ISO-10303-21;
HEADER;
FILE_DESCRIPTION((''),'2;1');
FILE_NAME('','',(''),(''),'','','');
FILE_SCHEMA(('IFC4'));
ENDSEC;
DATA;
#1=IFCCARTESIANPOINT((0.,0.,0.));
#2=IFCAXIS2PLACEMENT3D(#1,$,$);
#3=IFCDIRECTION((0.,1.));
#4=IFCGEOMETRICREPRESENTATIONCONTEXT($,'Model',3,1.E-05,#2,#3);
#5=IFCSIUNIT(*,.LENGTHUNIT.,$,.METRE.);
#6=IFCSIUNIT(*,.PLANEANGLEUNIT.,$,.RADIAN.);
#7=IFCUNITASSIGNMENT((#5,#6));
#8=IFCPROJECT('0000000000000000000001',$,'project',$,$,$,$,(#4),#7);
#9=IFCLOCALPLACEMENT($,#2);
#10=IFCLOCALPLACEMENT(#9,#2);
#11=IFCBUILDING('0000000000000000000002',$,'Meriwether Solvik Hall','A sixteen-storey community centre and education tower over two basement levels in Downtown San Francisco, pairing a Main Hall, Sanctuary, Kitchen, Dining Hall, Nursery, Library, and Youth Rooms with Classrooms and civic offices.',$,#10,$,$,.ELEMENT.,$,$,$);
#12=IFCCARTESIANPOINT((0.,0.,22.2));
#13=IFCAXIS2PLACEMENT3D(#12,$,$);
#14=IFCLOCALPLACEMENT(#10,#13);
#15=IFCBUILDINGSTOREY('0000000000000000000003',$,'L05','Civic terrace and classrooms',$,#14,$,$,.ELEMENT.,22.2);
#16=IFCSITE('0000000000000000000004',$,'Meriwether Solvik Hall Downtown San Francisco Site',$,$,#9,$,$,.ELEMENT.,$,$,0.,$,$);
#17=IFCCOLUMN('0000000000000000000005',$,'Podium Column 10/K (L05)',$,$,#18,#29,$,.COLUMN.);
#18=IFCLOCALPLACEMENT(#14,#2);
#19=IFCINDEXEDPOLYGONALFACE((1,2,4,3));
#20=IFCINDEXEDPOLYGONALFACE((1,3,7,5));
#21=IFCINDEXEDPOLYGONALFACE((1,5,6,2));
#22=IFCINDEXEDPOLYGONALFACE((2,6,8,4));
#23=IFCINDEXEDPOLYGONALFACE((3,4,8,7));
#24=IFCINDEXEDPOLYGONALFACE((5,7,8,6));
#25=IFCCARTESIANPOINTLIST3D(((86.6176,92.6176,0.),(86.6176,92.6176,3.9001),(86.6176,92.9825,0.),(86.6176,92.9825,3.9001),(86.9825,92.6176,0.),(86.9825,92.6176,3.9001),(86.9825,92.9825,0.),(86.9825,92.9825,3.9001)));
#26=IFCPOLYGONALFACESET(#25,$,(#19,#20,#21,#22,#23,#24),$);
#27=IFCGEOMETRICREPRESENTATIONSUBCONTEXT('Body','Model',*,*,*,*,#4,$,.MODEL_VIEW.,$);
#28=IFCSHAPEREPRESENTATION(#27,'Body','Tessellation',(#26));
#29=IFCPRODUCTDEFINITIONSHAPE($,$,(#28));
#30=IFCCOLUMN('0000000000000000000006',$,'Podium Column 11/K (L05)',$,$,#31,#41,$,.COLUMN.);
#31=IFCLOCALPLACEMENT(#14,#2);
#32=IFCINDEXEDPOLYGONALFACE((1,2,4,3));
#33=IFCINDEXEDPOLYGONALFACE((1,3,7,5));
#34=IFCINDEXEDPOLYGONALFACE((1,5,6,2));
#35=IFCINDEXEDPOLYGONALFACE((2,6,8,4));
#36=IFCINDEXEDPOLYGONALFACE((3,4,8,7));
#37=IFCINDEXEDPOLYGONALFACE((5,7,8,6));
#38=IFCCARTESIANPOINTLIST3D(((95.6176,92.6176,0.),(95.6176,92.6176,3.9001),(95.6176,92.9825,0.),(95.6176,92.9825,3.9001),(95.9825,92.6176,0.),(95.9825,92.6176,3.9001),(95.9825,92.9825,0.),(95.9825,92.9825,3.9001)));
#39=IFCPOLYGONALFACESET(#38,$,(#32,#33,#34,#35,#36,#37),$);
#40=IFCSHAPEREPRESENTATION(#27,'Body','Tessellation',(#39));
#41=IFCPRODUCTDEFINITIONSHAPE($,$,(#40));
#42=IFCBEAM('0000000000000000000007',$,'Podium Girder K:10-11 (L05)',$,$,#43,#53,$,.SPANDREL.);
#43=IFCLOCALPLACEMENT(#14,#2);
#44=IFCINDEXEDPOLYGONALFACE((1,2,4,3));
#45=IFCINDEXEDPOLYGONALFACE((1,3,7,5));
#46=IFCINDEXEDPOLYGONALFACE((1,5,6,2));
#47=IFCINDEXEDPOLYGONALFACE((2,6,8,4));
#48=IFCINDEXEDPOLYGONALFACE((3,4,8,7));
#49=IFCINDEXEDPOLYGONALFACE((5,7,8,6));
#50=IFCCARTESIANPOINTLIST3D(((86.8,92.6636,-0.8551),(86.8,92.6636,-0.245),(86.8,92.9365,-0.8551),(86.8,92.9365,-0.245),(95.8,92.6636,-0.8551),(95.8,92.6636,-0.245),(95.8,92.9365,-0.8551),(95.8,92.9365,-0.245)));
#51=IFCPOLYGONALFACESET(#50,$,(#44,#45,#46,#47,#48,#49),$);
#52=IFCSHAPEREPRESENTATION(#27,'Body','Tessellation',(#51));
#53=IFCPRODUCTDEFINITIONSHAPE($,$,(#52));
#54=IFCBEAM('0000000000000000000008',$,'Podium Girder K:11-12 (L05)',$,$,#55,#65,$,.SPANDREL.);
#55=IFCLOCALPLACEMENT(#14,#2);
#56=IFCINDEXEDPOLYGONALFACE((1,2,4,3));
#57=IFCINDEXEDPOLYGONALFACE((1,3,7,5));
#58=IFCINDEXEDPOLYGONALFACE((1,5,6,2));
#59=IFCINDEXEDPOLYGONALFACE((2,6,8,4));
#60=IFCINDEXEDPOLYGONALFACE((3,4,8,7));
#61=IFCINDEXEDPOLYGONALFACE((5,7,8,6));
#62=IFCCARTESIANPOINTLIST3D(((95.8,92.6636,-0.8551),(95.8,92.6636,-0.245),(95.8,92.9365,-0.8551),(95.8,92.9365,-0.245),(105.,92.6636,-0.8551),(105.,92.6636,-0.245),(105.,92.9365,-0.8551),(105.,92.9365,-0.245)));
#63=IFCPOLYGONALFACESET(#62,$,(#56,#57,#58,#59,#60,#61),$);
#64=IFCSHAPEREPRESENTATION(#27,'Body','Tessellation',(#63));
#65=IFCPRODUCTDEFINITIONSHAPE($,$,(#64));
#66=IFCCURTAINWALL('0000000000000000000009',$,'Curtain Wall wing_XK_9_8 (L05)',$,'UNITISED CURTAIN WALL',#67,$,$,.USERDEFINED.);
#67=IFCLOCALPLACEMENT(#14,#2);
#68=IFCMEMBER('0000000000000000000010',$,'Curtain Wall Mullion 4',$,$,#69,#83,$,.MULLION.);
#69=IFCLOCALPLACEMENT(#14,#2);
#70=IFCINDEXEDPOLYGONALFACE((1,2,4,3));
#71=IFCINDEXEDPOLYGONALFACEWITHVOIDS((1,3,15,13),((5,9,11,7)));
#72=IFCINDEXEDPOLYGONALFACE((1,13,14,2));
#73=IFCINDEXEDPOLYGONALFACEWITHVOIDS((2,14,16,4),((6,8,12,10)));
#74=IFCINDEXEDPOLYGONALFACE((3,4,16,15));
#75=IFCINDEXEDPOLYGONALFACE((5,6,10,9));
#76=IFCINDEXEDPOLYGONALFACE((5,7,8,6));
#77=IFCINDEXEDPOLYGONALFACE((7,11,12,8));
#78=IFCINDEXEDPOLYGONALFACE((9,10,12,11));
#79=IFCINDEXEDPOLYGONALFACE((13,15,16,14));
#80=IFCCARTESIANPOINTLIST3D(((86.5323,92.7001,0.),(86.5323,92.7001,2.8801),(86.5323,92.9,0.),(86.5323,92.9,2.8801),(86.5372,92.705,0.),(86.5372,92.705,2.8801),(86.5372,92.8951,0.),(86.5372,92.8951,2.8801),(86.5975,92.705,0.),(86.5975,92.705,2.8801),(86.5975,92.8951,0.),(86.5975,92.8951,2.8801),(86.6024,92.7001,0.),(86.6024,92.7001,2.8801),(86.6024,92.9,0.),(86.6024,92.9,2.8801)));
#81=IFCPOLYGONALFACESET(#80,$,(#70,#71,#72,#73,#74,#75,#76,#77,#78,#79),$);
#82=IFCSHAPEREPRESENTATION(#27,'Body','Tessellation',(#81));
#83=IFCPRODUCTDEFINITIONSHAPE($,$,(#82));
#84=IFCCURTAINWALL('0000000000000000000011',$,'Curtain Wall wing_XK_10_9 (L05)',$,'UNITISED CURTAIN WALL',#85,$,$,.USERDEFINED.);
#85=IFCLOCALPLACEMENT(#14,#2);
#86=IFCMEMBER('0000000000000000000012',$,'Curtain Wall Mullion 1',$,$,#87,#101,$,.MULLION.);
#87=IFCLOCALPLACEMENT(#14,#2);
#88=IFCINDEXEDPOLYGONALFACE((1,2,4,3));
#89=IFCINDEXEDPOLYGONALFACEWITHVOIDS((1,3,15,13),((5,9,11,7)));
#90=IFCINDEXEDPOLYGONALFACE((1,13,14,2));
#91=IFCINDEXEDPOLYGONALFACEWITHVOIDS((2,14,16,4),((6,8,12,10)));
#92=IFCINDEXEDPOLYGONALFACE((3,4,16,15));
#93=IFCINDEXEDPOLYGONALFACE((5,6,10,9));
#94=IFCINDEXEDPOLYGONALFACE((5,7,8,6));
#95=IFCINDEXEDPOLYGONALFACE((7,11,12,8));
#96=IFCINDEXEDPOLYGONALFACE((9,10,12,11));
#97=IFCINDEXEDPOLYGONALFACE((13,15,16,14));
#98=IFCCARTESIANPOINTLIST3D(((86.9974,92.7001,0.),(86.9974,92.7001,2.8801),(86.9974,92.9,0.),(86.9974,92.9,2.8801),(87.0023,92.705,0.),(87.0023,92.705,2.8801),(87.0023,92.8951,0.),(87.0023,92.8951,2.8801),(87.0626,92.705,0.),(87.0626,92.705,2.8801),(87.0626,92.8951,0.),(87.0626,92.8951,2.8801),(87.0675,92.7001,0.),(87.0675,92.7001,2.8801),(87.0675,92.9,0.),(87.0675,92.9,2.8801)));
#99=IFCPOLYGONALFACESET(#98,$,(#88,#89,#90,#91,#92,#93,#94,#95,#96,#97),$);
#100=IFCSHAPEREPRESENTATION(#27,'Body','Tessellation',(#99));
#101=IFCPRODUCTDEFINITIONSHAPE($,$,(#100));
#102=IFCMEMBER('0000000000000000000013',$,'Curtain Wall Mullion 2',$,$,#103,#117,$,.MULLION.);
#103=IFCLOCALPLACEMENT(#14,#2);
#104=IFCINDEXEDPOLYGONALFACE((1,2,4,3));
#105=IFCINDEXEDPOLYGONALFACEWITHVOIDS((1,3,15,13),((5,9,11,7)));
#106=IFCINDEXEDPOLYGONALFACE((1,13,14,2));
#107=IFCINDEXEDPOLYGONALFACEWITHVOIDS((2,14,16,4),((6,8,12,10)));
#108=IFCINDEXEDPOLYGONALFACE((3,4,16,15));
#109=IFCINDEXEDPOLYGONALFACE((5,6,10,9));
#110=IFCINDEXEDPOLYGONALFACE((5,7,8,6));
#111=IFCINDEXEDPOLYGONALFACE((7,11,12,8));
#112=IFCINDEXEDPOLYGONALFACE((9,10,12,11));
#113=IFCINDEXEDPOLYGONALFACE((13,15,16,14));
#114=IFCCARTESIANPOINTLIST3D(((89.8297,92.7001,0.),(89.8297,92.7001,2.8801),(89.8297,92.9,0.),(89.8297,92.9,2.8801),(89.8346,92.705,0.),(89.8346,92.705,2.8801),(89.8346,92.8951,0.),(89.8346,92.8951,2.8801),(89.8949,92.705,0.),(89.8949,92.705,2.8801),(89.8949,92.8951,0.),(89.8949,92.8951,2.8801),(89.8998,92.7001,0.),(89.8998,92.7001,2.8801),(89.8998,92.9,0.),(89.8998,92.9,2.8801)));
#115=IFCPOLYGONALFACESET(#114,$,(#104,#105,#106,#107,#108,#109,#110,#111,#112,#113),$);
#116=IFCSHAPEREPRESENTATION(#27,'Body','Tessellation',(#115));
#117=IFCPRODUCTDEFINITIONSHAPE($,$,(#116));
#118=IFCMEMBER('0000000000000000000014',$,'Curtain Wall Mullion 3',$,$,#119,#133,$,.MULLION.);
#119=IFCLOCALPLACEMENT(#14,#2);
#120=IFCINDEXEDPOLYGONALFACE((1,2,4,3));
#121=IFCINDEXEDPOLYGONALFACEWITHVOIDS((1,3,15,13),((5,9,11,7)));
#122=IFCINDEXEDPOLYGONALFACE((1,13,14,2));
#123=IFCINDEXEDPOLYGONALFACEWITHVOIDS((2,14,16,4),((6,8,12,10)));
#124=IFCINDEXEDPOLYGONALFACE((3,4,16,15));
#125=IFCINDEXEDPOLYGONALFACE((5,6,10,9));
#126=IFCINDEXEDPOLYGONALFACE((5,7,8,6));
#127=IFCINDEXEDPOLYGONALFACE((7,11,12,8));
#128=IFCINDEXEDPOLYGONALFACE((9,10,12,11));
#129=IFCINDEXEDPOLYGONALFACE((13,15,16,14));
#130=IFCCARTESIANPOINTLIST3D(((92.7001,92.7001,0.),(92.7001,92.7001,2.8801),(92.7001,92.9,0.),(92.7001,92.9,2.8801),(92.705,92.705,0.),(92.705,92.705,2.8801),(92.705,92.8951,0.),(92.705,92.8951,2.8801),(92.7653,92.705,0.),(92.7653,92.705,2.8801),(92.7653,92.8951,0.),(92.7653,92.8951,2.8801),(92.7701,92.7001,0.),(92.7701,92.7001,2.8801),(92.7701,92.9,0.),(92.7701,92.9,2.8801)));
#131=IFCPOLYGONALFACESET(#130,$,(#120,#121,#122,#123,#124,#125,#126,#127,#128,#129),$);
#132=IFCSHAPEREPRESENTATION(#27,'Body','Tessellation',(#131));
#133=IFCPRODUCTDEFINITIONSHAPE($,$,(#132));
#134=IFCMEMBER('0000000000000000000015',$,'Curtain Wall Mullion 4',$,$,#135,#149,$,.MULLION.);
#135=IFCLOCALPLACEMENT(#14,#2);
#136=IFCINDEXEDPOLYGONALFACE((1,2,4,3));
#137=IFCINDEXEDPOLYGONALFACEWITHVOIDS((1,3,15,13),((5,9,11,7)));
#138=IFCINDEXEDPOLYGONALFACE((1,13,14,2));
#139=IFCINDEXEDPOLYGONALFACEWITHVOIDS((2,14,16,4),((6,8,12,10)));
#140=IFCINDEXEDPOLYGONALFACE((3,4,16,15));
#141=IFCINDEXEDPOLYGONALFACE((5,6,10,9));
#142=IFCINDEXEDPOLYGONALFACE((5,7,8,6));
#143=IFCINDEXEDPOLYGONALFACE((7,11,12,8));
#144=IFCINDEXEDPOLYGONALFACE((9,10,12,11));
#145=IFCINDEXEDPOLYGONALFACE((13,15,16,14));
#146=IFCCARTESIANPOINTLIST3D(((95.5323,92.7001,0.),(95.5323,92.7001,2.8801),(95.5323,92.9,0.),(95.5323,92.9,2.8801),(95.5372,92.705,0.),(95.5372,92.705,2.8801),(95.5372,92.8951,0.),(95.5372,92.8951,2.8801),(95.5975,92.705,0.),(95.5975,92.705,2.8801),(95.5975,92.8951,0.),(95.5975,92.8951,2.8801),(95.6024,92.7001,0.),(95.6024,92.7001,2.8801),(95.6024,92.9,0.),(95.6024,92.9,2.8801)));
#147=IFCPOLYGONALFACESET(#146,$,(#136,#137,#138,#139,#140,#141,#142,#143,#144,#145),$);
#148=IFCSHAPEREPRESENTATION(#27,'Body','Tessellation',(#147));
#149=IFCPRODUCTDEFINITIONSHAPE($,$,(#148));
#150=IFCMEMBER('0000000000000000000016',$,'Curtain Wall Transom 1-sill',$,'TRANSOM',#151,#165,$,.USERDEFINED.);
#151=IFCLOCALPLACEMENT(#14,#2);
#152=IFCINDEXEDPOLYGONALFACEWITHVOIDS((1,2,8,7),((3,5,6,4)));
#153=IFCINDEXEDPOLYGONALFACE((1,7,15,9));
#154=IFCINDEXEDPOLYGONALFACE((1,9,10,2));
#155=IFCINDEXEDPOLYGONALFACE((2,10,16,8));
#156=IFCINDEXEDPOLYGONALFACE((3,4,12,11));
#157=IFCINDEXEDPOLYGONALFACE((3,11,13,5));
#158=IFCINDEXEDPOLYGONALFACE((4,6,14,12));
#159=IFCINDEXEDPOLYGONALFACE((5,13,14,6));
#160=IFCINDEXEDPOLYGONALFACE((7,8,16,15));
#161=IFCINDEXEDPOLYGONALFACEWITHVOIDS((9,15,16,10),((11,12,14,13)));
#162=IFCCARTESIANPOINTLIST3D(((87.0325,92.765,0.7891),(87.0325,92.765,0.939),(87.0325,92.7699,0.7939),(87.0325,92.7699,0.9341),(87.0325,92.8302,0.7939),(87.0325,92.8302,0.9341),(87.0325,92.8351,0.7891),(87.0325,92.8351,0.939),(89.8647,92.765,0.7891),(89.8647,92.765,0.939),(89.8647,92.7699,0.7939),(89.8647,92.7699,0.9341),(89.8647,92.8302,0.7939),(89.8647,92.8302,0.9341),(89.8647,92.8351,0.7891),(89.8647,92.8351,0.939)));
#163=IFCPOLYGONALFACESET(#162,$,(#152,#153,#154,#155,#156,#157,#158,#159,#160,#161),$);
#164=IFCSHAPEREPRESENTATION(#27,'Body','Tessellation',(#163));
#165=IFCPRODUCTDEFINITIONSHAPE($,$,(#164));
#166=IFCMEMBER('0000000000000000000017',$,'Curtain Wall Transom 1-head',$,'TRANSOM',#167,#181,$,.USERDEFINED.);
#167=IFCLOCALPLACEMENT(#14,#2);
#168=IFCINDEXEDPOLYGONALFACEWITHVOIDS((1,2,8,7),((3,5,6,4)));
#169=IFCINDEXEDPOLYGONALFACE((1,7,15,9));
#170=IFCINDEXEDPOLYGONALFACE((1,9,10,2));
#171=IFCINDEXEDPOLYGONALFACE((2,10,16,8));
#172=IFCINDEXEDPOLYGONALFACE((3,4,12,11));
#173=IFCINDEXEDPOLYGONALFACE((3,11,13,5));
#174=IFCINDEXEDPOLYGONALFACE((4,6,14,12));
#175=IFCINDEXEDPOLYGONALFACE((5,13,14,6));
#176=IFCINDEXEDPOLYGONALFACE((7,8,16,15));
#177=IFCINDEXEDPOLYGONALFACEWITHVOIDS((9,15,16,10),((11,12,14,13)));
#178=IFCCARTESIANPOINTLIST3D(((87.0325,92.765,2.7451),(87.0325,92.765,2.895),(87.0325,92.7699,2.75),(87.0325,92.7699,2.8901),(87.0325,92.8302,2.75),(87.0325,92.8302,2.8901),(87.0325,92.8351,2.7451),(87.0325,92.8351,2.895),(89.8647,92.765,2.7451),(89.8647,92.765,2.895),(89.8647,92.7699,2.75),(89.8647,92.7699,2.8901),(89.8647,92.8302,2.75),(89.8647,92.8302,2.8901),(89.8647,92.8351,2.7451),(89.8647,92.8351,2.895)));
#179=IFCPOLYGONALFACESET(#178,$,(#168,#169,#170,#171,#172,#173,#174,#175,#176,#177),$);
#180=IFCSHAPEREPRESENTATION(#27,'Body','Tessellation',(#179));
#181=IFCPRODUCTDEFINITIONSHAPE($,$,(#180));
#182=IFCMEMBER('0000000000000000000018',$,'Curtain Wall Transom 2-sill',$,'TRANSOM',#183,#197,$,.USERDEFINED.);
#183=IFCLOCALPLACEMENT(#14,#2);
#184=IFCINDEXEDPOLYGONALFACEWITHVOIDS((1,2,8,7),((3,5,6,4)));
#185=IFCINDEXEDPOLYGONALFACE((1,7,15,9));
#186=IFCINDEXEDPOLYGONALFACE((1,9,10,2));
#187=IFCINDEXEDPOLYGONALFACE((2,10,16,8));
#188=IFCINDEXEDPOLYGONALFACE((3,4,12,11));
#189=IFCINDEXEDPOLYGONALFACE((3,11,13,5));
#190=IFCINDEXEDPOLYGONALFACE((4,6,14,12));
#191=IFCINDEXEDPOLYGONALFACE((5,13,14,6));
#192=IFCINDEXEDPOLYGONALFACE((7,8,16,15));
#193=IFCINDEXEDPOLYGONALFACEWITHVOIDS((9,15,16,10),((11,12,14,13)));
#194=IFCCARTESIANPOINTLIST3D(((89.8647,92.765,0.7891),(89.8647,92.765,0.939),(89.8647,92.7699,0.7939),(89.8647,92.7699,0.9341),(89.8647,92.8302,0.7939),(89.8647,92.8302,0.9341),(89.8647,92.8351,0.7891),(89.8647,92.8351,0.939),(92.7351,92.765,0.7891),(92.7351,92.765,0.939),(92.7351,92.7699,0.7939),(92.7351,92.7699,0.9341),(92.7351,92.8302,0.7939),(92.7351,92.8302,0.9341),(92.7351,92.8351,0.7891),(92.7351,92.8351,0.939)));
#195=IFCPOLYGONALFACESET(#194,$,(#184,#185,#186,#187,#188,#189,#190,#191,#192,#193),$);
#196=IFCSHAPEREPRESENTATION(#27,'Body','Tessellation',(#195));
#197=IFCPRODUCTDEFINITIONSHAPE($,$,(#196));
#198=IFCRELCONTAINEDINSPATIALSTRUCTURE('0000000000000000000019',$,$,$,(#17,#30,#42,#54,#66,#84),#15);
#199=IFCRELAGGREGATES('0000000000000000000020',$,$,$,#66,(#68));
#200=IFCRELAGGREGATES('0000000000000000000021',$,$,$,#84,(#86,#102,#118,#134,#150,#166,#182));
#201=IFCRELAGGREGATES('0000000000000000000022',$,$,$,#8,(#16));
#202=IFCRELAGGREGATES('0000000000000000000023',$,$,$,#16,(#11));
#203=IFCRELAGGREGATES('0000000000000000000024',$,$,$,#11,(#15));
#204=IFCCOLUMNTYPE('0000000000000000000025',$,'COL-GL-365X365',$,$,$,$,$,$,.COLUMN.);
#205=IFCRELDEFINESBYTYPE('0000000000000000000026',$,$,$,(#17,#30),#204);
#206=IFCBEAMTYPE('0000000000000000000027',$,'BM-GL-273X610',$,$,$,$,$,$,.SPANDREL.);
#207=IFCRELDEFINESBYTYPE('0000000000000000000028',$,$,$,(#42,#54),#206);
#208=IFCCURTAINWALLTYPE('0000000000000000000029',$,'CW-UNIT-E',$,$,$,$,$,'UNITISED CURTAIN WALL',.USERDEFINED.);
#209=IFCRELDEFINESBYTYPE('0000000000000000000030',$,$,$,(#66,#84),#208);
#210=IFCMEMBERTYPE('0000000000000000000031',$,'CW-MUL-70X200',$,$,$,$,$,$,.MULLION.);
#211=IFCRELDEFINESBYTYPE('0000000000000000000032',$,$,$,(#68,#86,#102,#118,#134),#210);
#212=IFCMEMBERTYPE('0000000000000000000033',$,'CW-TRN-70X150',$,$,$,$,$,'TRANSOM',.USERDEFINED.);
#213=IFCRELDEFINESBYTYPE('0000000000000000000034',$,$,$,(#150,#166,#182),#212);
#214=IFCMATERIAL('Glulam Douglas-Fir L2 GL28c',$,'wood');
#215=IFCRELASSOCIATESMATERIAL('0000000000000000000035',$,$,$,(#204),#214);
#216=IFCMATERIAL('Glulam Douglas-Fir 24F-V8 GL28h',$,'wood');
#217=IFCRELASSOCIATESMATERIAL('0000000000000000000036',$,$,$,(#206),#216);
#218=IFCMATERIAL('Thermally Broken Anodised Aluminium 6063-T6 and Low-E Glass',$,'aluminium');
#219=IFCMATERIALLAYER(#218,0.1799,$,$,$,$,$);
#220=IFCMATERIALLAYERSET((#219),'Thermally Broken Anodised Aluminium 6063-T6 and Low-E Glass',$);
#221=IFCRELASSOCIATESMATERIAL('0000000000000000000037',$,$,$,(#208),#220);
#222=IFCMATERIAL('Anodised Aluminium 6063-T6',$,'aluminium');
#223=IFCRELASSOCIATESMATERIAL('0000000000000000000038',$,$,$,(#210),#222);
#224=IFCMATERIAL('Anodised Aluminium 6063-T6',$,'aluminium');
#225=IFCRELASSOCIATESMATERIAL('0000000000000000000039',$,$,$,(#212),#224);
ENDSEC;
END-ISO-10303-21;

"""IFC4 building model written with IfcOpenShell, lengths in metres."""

from ifc_helpers import new_model, si_unit, direction, frame, origin, origin_2d, place, context, subcontext, project, spatial, rectangle, hollow_rectangle, extrude, material, layer, layer_set, material_profile, profile_set, type_object, element, aggregate, save


model = new_model("IFC4")

# Units and contexts
model_context = context("Model", 3, precision=1e-05, world=origin(), true_north=direction((0.0, 1.0)))
body_context = subcontext(model_context, "Body", "Model", "MODEL_VIEW")
ifc_project = project(units=[si_unit("LENGTHUNIT", "METRE"), si_unit("PLANEANGLEUNIT", "RADIAN")], contexts=[model_context])

# Site, building, storey
site_placement = place(None, origin())
site = spatial("IfcSite", under=ifc_project, at=site_placement, Name="Meriwether Solvik Hall Downtown San Francisco Site", CompositionType="ELEMENT", RefElevation=0.0)
building_placement = place(site_placement, origin())
building = spatial("IfcBuilding", under=site, at=building_placement, Name="Meriwether Solvik Hall", Description="A sixteen-storey community centre and education tower over two basement levels in Downtown San Francisco, pairing a Main Hall, Sanctuary, Kitchen, Dining Hall, Nursery, Library, and Youth Rooms with Classrooms and civic offices.", CompositionType="ELEMENT")
storey_placement = place(building_placement, frame((0.0, 0.0, 22.2)))
storey = spatial("IfcBuildingStorey", under=building, at=storey_placement, Name="L05", Description="Civic terrace and classrooms", CompositionType="ELEMENT", Elevation=22.2)

# Columns
ifc_material_1 = material(Name="Glulam Douglas-Fir L2 GL28c", Category="wood")
ifc_material_profile_1 = material_profile(ifc_material_1, rectangle(XDim=0.365, YDim=0.365, at=origin_2d()), Name="GLC-365X365")
ifc_profile_set_1 = profile_set([ifc_material_profile_1], Name="Glulam Douglas-Fir L2 GL28c")
column_type = type_object("IfcColumnType", Name="COL-GL-365X365", PredefinedType="COLUMN", material=ifc_profile_set_1)
for number, where, z_axis, x_axis, name in (
    (1, (86.8, 92.8, 0.0), (0.0, 0.0, 1.0), (1.0, 0.0, 0.0), "Podium Column 10/K (L05)"),
    (2, (95.8, 92.8, 0.0), (0.0, 0.0, 1.0), (1.0, 0.0, 0.0), "Podium Column 11/K (L05)"),
):
    element("IfcColumn", number, at=place(storey_placement, frame(where, z_axis=z_axis, x_axis=x_axis)), inside=storey, type_object=column_type, Name=name, PredefinedType="COLUMN", context=body_context, shape_type="SweptSolid", body=[
        extrude(rectangle(XDim=0.365, YDim=0.365, at=origin_2d()), origin(), (0.0, 0.0, 1.0), 3.9001),
    ])

# Beams
ifc_material_2 = material(Name="Glulam Douglas-Fir 24F-V8 GL28h", Category="wood")
ifc_material_profile_2 = material_profile(ifc_material_2, rectangle(XDim=0.2729, YDim=0.6101, at=origin_2d()), Name="GLB-273X610")
ifc_profile_set_2 = profile_set([ifc_material_profile_2], Name="Glulam Douglas-Fir 24F-V8 GL28h")
beam_type = type_object("IfcBeamType", Name="BM-GL-273X610", PredefinedType="SPANDREL", material=ifc_profile_set_2)
beam_1_placement = place(storey_placement, frame((86.8, 92.8, -0.55), z_axis=(1.0, 0.0, 0.0), x_axis=(0.0, 1.0, 0.0)))
element("IfcBeam", 3, at=beam_1_placement, inside=storey, type_object=beam_type, Name="Podium Girder K:10-11 (L05)", PredefinedType="SPANDREL", context=body_context, shape_type="SweptSolid", body=[
    extrude(rectangle(XDim=0.2729, YDim=0.6101, at=origin_2d()), origin(), (0.0, 0.0, 1.0), 9.0),
])
beam_2_placement = place(storey_placement, frame((95.8, 92.8, -0.55), z_axis=(1.0, 0.0, 0.0), x_axis=(0.0, 1.0, 0.0)))
element("IfcBeam", 4, at=beam_2_placement, inside=storey, type_object=beam_type, Name="Podium Girder K:11-12 (L05)", PredefinedType="SPANDREL", context=body_context, shape_type="SweptSolid", body=[
    extrude(rectangle(XDim=0.2729, YDim=0.6101, at=origin_2d()), origin(), (0.0, 0.0, 1.0), 9.2),
])

# Curtain wall, member
ifc_material_3 = material(Name="Thermally Broken Anodised Aluminium 6063-T6 and Low-E Glass", Category="aluminium")
ifc_layer_1 = layer(ifc_material_3, 0.1799)
ifc_layer_set_1 = layer_set([ifc_layer_1], Name="Thermally Broken Anodised Aluminium 6063-T6 and Low-E Glass")
curtain_wall_type = type_object("IfcCurtainWallType", Name="CW-UNIT-E", ElementType="UNITISED CURTAIN WALL", PredefinedType="USERDEFINED", material=ifc_layer_set_1)
curtain_wall_1_placement = place(storey_placement, origin())
curtain_wall_1 = element("IfcCurtainWall", 5, at=curtain_wall_1_placement, inside=storey, type_object=curtain_wall_type, Name="Curtain Wall wing_XK_9_8 (L05)", ObjectType="UNITISED CURTAIN WALL", PredefinedType="USERDEFINED")
ifc_material_4 = material(Name="Anodised Aluminium 6063-T6", Category="aluminium")
ifc_material_profile_3 = material_profile(ifc_material_4, hollow_rectangle(XDim=0.0701, YDim=0.2, WallThickness=0.0049, at=origin_2d()), Name="CWM-70X200")
ifc_profile_set_3 = profile_set([ifc_material_profile_3], Name="Anodised Aluminium 6063-T6")
member_type_1 = type_object("IfcMemberType", Name="CW-MUL-70X200", PredefinedType="MULLION", material=ifc_profile_set_3)
member_1_placement = place(storey_placement, frame((86.5674, 92.8, 0.0), z_axis=(0.0, 0.0, 1.0), x_axis=(1.0, 0.0, 0.0)))
member_1 = element("IfcMember", 6, at=member_1_placement, type_object=member_type_1, Name="Curtain Wall Mullion 4", PredefinedType="MULLION", context=body_context, shape_type="SweptSolid", body=[
    extrude(hollow_rectangle(XDim=0.0701, YDim=0.2, WallThickness=0.0049, at=origin_2d()), origin(), (0.0, 0.0, 1.0), 2.8801),
])
aggregate(curtain_wall_1, [member_1])

# Curtain wall, members
curtain_wall_2_placement = place(storey_placement, origin())
curtain_wall_2 = element("IfcCurtainWall", 7, at=curtain_wall_2_placement, inside=storey, type_object=curtain_wall_type, Name="Curtain Wall wing_XK_10_9 (L05)", ObjectType="UNITISED CURTAIN WALL", PredefinedType="USERDEFINED")
member_2_placement = place(storey_placement, frame((87.0325, 92.8, 0.0), z_axis=(0.0, 0.0, 1.0), x_axis=(1.0, 0.0, 0.0)))
member_2 = element("IfcMember", 8, at=member_2_placement, type_object=member_type_1, Name="Curtain Wall Mullion 1", PredefinedType="MULLION", context=body_context, shape_type="SweptSolid", body=[
    extrude(hollow_rectangle(XDim=0.0701, YDim=0.2, WallThickness=0.0049, at=origin_2d()), origin(), (0.0, 0.0, 1.0), 2.8801),
])
member_3_placement = place(storey_placement, frame((89.8647, 92.8, 0.0), z_axis=(0.0, 0.0, 1.0), x_axis=(1.0, 0.0, 0.0)))
member_3 = element("IfcMember", 9, at=member_3_placement, type_object=member_type_1, Name="Curtain Wall Mullion 2", PredefinedType="MULLION", context=body_context, shape_type="SweptSolid", body=[
    extrude(hollow_rectangle(XDim=0.0701, YDim=0.2, WallThickness=0.0049, at=origin_2d()), origin(), (0.0, 0.0, 1.0), 2.8801),
])
member_4_placement = place(storey_placement, frame((92.7351, 92.8, 0.0), z_axis=(0.0, 0.0, 1.0), x_axis=(1.0, 0.0, 0.0)))
member_4 = element("IfcMember", 10, at=member_4_placement, type_object=member_type_1, Name="Curtain Wall Mullion 3", PredefinedType="MULLION", context=body_context, shape_type="SweptSolid", body=[
    extrude(hollow_rectangle(XDim=0.0701, YDim=0.2, WallThickness=0.0049, at=origin_2d()), origin(), (0.0, 0.0, 1.0), 2.8801),
])
member_5_placement = place(storey_placement, frame((95.5674, 92.8, 0.0), z_axis=(0.0, 0.0, 1.0), x_axis=(1.0, 0.0, 0.0)))
member_5 = element("IfcMember", 11, at=member_5_placement, type_object=member_type_1, Name="Curtain Wall Mullion 4", PredefinedType="MULLION", context=body_context, shape_type="SweptSolid", body=[
    extrude(hollow_rectangle(XDim=0.0701, YDim=0.2, WallThickness=0.0049, at=origin_2d()), origin(), (0.0, 0.0, 1.0), 2.8801),
])
ifc_material_5 = material(Name="Anodised Aluminium 6063-T6", Category="aluminium")
ifc_material_profile_4 = material_profile(ifc_material_5, hollow_rectangle(XDim=0.0701, YDim=0.1499, WallThickness=0.0049, at=origin_2d()), Name="CWT-70X150")
ifc_profile_set_4 = profile_set([ifc_material_profile_4], Name="Anodised Aluminium 6063-T6")
member_type_2 = type_object("IfcMemberType", Name="CW-TRN-70X150", ElementType="TRANSOM", PredefinedType="USERDEFINED", material=ifc_profile_set_4)
member_6_placement = place(storey_placement, frame((87.0325, 92.8, 0.864), z_axis=(1.0, 0.0, 0.0), x_axis=(0.0, 1.0, 0.0)))
member_6 = element("IfcMember", 12, at=member_6_placement, type_object=member_type_2, Name="Curtain Wall Transom 1-sill", ObjectType="TRANSOM", PredefinedType="USERDEFINED", context=body_context, shape_type="SweptSolid", body=[
    extrude(hollow_rectangle(XDim=0.0701, YDim=0.1499, WallThickness=0.0049, at=origin_2d()), origin(), (0.0, 0.0, 1.0), 2.8323),
])
member_7_placement = place(storey_placement, frame((87.0325, 92.8, 2.8201), z_axis=(1.0, 0.0, 0.0), x_axis=(0.0, 1.0, 0.0)))
member_7 = element("IfcMember", 13, at=member_7_placement, type_object=member_type_2, Name="Curtain Wall Transom 1-head", ObjectType="TRANSOM", PredefinedType="USERDEFINED", context=body_context, shape_type="SweptSolid", body=[
    extrude(hollow_rectangle(XDim=0.0701, YDim=0.1499, WallThickness=0.0049, at=origin_2d()), origin(), (0.0, 0.0, 1.0), 2.8323),
])
member_8_placement = place(storey_placement, frame((89.8647, 92.8, 0.864), z_axis=(1.0, 0.0, 0.0), x_axis=(0.0, 1.0, 0.0)))
member_8 = element("IfcMember", 14, at=member_8_placement, type_object=member_type_2, Name="Curtain Wall Transom 2-sill", ObjectType="TRANSOM", PredefinedType="USERDEFINED", context=body_context, shape_type="SweptSolid", body=[
    extrude(hollow_rectangle(XDim=0.0701, YDim=0.1499, WallThickness=0.0049, at=origin_2d()), origin(), (0.0, 0.0, 1.0), 2.8704),
])
aggregate(curtain_wall_2, [member_2, member_3, member_4, member_5, member_6, member_7, member_8])

save(model, "model.ifc")
